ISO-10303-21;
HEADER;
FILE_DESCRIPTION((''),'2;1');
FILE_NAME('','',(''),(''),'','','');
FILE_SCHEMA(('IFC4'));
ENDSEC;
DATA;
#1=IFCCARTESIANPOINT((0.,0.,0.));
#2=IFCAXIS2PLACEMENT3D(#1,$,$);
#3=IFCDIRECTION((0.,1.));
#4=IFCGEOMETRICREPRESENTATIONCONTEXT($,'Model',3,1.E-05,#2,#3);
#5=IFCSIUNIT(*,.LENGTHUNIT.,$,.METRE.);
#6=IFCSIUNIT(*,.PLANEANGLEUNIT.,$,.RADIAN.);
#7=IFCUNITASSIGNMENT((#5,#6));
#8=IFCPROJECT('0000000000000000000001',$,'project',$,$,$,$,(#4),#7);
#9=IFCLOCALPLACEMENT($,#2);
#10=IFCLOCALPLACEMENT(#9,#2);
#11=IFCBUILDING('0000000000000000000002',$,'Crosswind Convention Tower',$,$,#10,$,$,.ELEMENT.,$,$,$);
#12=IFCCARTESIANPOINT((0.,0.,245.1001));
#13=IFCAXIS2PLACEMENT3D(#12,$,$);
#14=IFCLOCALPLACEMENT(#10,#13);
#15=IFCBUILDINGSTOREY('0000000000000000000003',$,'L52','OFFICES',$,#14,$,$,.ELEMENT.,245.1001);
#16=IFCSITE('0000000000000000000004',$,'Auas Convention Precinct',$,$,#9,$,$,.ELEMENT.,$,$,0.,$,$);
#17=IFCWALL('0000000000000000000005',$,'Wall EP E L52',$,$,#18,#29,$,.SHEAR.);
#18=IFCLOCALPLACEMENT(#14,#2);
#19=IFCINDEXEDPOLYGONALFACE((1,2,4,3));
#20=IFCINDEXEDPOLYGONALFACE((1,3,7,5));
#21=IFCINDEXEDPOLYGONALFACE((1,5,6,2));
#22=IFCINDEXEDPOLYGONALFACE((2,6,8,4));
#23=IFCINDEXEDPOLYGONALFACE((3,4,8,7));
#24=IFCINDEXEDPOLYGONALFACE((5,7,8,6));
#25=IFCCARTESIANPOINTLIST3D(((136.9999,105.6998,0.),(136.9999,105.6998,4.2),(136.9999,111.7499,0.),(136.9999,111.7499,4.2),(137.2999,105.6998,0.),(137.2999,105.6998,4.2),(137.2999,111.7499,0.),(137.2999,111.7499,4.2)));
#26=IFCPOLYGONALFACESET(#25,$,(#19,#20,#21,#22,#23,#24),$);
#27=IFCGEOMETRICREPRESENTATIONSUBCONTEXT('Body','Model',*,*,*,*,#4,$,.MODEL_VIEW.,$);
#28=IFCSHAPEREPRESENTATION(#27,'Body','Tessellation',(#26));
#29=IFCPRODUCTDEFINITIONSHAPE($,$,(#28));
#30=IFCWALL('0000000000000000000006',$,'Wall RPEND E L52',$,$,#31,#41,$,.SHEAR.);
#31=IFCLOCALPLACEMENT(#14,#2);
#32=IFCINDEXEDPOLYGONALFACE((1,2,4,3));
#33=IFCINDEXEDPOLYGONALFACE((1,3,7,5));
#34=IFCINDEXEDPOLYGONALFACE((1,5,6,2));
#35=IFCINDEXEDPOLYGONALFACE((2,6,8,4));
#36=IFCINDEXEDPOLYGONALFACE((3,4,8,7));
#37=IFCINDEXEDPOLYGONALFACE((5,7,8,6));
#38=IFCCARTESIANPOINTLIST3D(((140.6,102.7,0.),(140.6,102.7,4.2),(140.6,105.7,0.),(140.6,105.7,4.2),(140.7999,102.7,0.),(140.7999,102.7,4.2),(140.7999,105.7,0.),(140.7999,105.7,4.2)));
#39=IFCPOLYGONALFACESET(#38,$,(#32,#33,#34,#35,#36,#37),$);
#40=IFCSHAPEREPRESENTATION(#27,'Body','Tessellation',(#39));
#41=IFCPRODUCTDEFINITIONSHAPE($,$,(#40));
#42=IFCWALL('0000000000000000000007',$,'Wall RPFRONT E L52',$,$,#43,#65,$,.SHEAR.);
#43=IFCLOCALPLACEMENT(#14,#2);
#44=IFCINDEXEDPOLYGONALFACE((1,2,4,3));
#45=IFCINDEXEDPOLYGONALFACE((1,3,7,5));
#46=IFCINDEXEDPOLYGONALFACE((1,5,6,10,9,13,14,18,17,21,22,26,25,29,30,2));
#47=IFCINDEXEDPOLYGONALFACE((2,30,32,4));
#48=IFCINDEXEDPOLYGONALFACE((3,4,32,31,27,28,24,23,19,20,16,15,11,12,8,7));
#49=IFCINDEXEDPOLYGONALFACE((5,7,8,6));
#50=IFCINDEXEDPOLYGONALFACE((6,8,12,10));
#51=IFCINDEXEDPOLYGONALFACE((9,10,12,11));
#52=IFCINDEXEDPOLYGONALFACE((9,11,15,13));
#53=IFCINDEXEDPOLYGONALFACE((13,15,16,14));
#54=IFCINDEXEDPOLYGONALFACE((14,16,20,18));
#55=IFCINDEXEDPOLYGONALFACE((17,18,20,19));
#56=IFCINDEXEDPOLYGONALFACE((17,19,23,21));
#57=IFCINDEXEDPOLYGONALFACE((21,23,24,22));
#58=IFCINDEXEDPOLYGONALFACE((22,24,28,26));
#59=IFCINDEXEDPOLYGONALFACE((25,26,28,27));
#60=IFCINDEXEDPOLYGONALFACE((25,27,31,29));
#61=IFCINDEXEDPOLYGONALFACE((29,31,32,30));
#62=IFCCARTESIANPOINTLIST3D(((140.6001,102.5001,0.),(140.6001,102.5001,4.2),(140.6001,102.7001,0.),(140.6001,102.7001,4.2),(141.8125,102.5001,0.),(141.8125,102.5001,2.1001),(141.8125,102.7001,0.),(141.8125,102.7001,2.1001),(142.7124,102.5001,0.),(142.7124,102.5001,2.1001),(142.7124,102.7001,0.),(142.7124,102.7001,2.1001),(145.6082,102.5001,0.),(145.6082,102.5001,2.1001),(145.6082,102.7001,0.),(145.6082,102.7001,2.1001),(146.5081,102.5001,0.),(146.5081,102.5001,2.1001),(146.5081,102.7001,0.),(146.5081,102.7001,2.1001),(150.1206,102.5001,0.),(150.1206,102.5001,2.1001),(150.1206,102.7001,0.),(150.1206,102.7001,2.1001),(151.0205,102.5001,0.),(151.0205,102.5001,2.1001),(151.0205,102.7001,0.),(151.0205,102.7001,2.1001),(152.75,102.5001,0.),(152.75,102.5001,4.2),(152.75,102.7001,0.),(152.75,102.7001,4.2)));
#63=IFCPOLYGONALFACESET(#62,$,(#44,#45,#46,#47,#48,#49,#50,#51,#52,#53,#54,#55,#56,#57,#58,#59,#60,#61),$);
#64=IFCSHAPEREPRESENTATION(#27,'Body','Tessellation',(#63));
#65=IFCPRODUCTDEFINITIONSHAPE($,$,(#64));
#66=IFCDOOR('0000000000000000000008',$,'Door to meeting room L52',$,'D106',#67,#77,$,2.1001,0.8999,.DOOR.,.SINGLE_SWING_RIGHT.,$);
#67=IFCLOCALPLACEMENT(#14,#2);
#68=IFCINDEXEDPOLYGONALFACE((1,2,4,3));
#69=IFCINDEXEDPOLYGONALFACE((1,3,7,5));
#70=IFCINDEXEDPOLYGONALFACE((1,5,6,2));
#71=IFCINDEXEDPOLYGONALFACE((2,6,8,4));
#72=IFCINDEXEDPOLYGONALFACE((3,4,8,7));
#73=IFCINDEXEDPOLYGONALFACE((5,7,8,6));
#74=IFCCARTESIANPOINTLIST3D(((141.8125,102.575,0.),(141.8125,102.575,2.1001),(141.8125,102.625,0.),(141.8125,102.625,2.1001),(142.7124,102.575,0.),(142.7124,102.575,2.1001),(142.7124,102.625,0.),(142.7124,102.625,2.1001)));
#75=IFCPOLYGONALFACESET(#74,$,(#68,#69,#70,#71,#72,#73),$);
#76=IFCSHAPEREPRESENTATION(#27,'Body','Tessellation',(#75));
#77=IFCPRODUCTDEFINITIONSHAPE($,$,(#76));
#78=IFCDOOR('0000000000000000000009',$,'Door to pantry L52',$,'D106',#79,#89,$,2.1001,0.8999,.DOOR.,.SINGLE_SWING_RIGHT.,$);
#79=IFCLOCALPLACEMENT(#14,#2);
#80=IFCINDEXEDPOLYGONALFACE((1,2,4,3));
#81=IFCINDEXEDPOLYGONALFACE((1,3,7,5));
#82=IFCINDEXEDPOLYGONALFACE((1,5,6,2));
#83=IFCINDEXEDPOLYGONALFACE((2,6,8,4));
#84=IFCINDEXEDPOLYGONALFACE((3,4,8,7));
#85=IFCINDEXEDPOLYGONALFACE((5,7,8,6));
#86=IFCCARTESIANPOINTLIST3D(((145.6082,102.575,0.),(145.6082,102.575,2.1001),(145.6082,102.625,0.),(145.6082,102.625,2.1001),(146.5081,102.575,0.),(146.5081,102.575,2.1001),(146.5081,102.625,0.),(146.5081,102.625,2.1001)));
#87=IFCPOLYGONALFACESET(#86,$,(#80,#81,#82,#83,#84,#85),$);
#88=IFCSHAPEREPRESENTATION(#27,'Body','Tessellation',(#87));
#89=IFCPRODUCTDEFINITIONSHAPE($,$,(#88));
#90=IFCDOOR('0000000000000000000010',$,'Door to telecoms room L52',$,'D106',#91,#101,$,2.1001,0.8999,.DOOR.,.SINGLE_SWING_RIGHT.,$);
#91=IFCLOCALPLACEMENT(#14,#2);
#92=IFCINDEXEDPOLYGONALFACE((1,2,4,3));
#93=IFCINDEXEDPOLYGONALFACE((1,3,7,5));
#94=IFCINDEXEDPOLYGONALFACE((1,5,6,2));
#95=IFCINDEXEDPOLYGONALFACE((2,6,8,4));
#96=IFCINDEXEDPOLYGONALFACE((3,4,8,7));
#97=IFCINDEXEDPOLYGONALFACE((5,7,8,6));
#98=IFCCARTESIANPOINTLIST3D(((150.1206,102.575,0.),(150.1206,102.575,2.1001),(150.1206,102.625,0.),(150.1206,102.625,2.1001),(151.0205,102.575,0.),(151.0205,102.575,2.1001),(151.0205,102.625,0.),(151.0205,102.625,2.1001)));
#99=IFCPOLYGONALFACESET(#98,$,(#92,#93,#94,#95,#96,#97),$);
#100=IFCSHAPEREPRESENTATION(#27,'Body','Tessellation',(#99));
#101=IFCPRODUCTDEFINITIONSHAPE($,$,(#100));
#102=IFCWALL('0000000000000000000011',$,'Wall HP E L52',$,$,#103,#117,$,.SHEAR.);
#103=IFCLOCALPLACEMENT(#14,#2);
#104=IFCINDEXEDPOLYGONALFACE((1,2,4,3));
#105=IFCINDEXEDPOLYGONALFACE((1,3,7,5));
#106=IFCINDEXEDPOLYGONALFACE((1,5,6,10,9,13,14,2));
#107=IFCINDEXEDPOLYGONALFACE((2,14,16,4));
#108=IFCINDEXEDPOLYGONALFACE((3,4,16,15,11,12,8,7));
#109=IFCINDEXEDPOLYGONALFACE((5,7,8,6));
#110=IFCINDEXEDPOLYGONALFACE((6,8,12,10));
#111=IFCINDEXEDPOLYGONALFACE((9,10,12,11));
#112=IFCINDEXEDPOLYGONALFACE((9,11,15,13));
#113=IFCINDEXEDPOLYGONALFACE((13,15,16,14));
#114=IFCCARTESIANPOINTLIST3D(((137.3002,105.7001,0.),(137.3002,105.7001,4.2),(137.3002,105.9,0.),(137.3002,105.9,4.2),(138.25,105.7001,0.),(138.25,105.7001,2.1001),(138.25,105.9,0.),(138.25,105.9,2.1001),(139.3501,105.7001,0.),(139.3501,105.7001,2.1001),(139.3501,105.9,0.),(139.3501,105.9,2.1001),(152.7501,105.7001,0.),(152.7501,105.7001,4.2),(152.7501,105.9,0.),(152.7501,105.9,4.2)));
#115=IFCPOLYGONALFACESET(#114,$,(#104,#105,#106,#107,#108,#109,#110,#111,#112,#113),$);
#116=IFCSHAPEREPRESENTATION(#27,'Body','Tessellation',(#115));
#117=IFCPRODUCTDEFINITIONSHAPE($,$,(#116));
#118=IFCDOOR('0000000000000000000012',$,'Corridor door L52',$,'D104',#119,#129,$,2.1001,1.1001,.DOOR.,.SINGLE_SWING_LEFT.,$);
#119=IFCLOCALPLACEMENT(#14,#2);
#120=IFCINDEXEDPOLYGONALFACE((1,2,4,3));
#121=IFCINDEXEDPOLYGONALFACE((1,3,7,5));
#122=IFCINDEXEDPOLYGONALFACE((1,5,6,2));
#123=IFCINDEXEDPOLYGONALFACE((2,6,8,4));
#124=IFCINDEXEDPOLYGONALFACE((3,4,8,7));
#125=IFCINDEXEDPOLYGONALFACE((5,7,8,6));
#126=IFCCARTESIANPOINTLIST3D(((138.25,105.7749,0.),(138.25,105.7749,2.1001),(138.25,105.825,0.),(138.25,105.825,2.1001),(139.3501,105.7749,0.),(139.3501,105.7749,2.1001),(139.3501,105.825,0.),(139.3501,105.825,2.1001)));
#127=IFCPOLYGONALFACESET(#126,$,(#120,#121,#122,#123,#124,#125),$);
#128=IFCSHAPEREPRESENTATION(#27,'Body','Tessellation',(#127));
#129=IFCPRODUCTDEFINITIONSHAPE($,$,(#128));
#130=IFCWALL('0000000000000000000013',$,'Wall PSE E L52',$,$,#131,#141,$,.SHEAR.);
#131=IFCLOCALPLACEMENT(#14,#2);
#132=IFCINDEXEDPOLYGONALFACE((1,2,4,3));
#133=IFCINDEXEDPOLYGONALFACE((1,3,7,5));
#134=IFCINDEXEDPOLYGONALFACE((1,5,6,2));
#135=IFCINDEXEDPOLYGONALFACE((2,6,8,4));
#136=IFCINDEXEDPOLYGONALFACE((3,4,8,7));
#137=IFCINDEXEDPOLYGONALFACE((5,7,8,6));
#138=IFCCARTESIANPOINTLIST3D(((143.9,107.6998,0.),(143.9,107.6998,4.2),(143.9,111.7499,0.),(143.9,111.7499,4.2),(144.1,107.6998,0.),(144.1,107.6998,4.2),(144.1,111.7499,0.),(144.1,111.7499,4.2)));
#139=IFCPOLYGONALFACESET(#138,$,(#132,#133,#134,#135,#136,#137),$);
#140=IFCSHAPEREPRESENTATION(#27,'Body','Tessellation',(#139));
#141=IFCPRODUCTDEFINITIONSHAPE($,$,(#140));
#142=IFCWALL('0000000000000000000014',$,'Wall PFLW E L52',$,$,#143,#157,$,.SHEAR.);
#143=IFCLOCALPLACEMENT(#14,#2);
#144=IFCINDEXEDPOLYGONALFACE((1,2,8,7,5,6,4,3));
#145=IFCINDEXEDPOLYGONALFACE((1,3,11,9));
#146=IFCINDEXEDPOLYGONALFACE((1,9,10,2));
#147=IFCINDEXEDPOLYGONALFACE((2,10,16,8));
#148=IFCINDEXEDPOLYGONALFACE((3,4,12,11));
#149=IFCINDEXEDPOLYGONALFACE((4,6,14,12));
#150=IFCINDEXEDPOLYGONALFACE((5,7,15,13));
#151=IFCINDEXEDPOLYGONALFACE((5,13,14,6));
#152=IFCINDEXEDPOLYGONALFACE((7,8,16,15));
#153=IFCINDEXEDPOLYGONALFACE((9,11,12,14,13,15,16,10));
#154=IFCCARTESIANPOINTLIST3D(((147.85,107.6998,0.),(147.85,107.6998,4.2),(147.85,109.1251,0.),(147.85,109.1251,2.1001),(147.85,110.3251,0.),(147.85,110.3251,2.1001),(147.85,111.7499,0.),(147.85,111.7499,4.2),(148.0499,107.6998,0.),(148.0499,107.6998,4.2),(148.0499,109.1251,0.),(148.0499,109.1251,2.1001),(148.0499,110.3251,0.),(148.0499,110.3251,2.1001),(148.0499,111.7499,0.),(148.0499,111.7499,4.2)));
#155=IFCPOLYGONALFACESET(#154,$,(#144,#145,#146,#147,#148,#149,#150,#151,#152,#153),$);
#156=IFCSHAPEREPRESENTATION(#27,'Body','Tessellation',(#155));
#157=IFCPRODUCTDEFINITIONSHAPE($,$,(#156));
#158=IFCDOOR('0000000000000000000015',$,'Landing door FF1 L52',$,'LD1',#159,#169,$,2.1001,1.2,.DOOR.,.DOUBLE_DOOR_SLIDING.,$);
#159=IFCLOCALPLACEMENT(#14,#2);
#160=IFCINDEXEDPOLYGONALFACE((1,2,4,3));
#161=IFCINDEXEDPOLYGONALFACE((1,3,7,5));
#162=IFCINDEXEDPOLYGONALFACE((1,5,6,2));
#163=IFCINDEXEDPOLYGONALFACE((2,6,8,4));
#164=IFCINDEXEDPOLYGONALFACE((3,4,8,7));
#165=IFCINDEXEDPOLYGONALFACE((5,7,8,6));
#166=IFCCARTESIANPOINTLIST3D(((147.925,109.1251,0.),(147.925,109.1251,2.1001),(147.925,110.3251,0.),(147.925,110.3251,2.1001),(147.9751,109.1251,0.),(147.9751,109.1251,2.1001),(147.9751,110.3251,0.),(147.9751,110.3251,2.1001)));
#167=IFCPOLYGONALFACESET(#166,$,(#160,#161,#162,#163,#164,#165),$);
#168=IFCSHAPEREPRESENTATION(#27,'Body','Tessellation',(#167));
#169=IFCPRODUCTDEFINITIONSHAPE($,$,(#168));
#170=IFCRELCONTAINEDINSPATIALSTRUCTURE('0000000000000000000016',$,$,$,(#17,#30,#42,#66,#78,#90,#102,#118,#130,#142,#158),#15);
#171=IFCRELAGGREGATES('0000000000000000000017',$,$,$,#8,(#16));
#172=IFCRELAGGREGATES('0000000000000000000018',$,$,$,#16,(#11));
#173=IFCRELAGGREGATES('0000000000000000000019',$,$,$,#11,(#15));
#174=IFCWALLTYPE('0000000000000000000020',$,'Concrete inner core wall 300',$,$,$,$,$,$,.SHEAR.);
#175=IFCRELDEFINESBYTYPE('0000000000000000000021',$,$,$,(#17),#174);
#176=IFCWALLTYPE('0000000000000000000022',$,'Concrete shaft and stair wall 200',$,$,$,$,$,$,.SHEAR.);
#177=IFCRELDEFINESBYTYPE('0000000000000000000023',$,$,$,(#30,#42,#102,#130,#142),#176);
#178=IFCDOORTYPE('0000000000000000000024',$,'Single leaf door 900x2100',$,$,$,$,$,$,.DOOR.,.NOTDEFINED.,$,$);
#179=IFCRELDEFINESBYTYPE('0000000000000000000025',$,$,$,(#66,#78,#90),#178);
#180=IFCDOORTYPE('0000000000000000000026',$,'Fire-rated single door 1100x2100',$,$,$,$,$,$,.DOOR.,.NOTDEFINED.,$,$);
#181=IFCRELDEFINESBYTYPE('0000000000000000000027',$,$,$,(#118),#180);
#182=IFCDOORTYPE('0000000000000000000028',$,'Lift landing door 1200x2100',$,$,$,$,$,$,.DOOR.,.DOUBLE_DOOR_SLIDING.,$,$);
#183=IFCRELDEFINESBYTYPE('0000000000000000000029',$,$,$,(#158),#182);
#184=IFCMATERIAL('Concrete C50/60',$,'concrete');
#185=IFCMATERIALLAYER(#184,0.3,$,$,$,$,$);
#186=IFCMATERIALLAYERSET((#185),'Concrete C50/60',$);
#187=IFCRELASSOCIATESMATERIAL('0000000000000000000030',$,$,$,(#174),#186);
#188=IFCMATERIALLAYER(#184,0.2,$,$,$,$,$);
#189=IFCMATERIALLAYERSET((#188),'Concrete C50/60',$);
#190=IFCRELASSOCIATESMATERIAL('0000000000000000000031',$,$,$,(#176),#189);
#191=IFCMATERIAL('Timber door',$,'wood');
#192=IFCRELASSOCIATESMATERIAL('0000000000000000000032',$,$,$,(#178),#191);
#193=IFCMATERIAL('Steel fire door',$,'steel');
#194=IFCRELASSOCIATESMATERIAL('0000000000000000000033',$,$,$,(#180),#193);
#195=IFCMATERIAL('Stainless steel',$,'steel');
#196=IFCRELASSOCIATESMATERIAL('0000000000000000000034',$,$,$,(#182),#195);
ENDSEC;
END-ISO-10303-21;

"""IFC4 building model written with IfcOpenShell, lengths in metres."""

from ifc_helpers import new_model, si_unit, direction, frame, frame_2d, origin, place, context, subcontext, project, spatial, rectangle, extrude, material, layer, layer_set, type_object, element, fill, save


model = new_model("IFC4")

# Units and contexts
model_context = context("Model", 3, precision=1e-05, world=origin(), true_north=direction((0.0, 1.0)))
body_context = subcontext(model_context, "Body", "Model", "MODEL_VIEW")
ifc_project = project(units=[si_unit("LENGTHUNIT", "METRE"), si_unit("PLANEANGLEUNIT", "RADIAN")], contexts=[model_context])

# Site, building, storey
site_placement = place(None, origin())
site = spatial("IfcSite", under=ifc_project, at=site_placement, Name="Auas Convention Precinct", CompositionType="ELEMENT", RefElevation=0.0)
building_placement = place(site_placement, origin())
building = spatial("IfcBuilding", under=site, at=building_placement, Name="Crosswind Convention Tower", CompositionType="ELEMENT")
storey_placement = place(building_placement, frame((0.0, 0.0, 245.1001)))
storey = spatial("IfcBuildingStorey", under=building, at=storey_placement, Name="L52", Description="OFFICES", CompositionType="ELEMENT", Elevation=245.1001)

# Walls
ifc_material_1 = material(Name="Concrete C50/60", Category="concrete")
ifc_layer_1 = layer(ifc_material_1, 0.3)
ifc_layer_set_1 = layer_set([ifc_layer_1], Name="Concrete C50/60")
wall_type_1 = type_object("IfcWallType", Name="Concrete inner core wall 300", PredefinedType="SHEAR", material=ifc_layer_set_1)
wall_1_placement = place(storey_placement, frame((137.1499, 105.7, 0.0), z_axis=(0.0, 0.0, 1.0), x_axis=(0.0, 1.0, 0.0)))
element("IfcWall", 1, at=wall_1_placement, inside=storey, type_object=wall_type_1, Name="Wall EP E L52", PredefinedType="SHEAR", context=body_context, shape_type="SweptSolid", body=[
    extrude(rectangle(XDim=6.05, YDim=0.3, at=frame_2d((3.0249, 0.0))), origin(), (0.0, 0.0, 1.0), 4.2),
])
ifc_layer_2 = layer(ifc_material_1, 0.2)
ifc_layer_set_2 = layer_set([ifc_layer_2], Name="Concrete C50/60")
wall_type_2 = type_object("IfcWallType", Name="Concrete shaft and stair wall 200", PredefinedType="SHEAR", material=ifc_layer_set_2)
wall_2_placement = place(storey_placement, frame((140.7, 102.7, 0.0), z_axis=(0.0, 0.0, 1.0), x_axis=(0.0, 1.0, 0.0)))
element("IfcWall", 2, at=wall_2_placement, inside=storey, type_object=wall_type_2, Name="Wall RPEND E L52", PredefinedType="SHEAR", context=body_context, shape_type="SweptSolid", body=[
    extrude(rectangle(XDim=3.0, YDim=0.2, at=frame_2d((1.5, 0.0))), origin(), (0.0, 0.0, 1.0), 4.2),
])

# Wall, openings, doors
wall_3_placement = place(storey_placement, frame((140.6001, 102.6001, 0.0), z_axis=(0.0, 0.0, 1.0), x_axis=(1.0, 0.0, 0.0)))
wall_3 = element("IfcWall", 3, at=wall_3_placement, inside=storey, type_object=wall_type_2, Name="Wall RPFRONT E L52", PredefinedType="SHEAR", context=body_context, shape_type="SweptSolid", body=[
    extrude(rectangle(XDim=12.1499, YDim=0.2, at=frame_2d((6.075, 0.0))), origin(), (0.0, 0.0, 1.0), 4.2),
])
opening_1_placement = place(wall_3_placement, frame((1.2124, 0.0, 0.0)))
opening_1 = element("IfcOpeningElement", 4, at=opening_1_placement, cuts=wall_3, PredefinedType="OPENING", context=body_context, shape_type="SweptSolid", body=[
    extrude(rectangle(XDim=0.8999, YDim=2.1001, at=frame_2d((0.45, 1.05))), frame((0.0, 0.1099, 0.0), z_axis=(0.0, -1.0, 0.0), x_axis=(1.0, 0.0, 0.0)), (0.0, 0.0, 1.0), 0.22),
])
opening_2_placement = place(wall_3_placement, frame((5.0081, 0.0, 0.0)))
opening_2 = element("IfcOpeningElement", 5, at=opening_2_placement, cuts=wall_3, PredefinedType="OPENING", context=body_context, shape_type="SweptSolid", body=[
    extrude(rectangle(XDim=0.8999, YDim=2.1001, at=frame_2d((0.45, 1.05))), frame((0.0, 0.1099, 0.0), z_axis=(0.0, -1.0, 0.0), x_axis=(1.0, 0.0, 0.0)), (0.0, 0.0, 1.0), 0.22),
])
opening_3_placement = place(wall_3_placement, frame((9.5205, 0.0, 0.0)))
opening_3 = element("IfcOpeningElement", 6, at=opening_3_placement, cuts=wall_3, PredefinedType="OPENING", context=body_context, shape_type="SweptSolid", body=[
    extrude(rectangle(XDim=0.8999, YDim=2.1001, at=frame_2d((0.45, 1.05))), frame((0.0, 0.1099, 0.0), z_axis=(0.0, -1.0, 0.0), x_axis=(1.0, 0.0, 0.0)), (0.0, 0.0, 1.0), 0.22),
])
ifc_material_2 = material(Name="Timber door", Category="wood")
door_type_1 = type_object("IfcDoorType", Name="Single leaf door 900x2100", OperationType="NOTDEFINED", PredefinedType="DOOR", material=ifc_material_2)
door_1_placement = place(opening_1_placement, origin())
door_1 = element("IfcDoor", 7, at=door_1_placement, inside=storey, type_object=door_type_1, Name="Door to meeting room L52", ObjectType="D106", OperationType="SINGLE_SWING_RIGHT", OverallHeight=2.1001, OverallWidth=0.8999, PredefinedType="DOOR", context=body_context, shape_type="SweptSolid", body=[
    extrude(rectangle(XDim=0.8999, YDim=2.1001, at=frame_2d((0.45, 1.05))), frame((0.0, 0.0249, 0.0), z_axis=(0.0, -1.0, 0.0), x_axis=(1.0, 0.0, 0.0)), (0.0, 0.0, 1.0), 0.05),
])
fill(opening_1, door_1)
door_2_placement = place(opening_2_placement, origin())
door_2 = element("IfcDoor", 8, at=door_2_placement, inside=storey, type_object=door_type_1, Name="Door to pantry L52", ObjectType="D106", OperationType="SINGLE_SWING_RIGHT", OverallHeight=2.1001, OverallWidth=0.8999, PredefinedType="DOOR", context=body_context, shape_type="SweptSolid", body=[
    extrude(rectangle(XDim=0.8999, YDim=2.1001, at=frame_2d((0.45, 1.05))), frame((0.0, 0.0249, 0.0), z_axis=(0.0, -1.0, 0.0), x_axis=(1.0, 0.0, 0.0)), (0.0, 0.0, 1.0), 0.05),
])
fill(opening_2, door_2)
door_3_placement = place(opening_3_placement, origin())
door_3 = element("IfcDoor", 9, at=door_3_placement, inside=storey, type_object=door_type_1, Name="Door to telecoms room L52", ObjectType="D106", OperationType="SINGLE_SWING_RIGHT", OverallHeight=2.1001, OverallWidth=0.8999, PredefinedType="DOOR", context=body_context, shape_type="SweptSolid", body=[
    extrude(rectangle(XDim=0.8999, YDim=2.1001, at=frame_2d((0.45, 1.05))), frame((0.0, 0.0249, 0.0), z_axis=(0.0, -1.0, 0.0), x_axis=(1.0, 0.0, 0.0)), (0.0, 0.0, 1.0), 0.05),
])
fill(opening_3, door_3)

# Wall, opening, door
wall_4_placement = place(storey_placement, frame((137.3, 105.8, 0.0), z_axis=(0.0, 0.0, 1.0), x_axis=(1.0, 0.0, 0.0)))
wall_4 = element("IfcWall", 10, at=wall_4_placement, inside=storey, type_object=wall_type_2, Name="Wall HP E L52", PredefinedType="SHEAR", context=body_context, shape_type="SweptSolid", body=[
    extrude(rectangle(XDim=15.45, YDim=0.2, at=frame_2d((7.7251, 0.0))), origin(), (0.0, 0.0, 1.0), 4.2),
])
opening_4_placement = place(wall_4_placement, frame((0.95, 0.0, 0.0)))
opening_4 = element("IfcOpeningElement", 11, at=opening_4_placement, cuts=wall_4, PredefinedType="OPENING", context=body_context, shape_type="SweptSolid", body=[
    extrude(rectangle(XDim=1.1001, YDim=2.1001, at=frame_2d((0.55, 1.05))), frame((0.0, 0.1099, 0.0), z_axis=(0.0, -1.0, 0.0), x_axis=(1.0, 0.0, 0.0)), (0.0, 0.0, 1.0), 0.22),
])
ifc_material_3 = material(Name="Steel fire door", Category="steel")
door_type_2 = type_object("IfcDoorType", Name="Fire-rated single door 1100x2100", OperationType="NOTDEFINED", PredefinedType="DOOR", material=ifc_material_3)
door_4_placement = place(opening_4_placement, origin())
door_4 = element("IfcDoor", 12, at=door_4_placement, inside=storey, type_object=door_type_2, Name="Corridor door L52", ObjectType="D104", OperationType="SINGLE_SWING_LEFT", OverallHeight=2.1001, OverallWidth=1.1001, PredefinedType="DOOR", context=body_context, shape_type="SweptSolid", body=[
    extrude(rectangle(XDim=1.1001, YDim=2.1001, at=frame_2d((0.55, 1.05))), frame((0.0, 0.0249, 0.0), z_axis=(0.0, -1.0, 0.0), x_axis=(1.0, 0.0, 0.0)), (0.0, 0.0, 1.0), 0.05),
])
fill(opening_4, door_4)

# Wall
wall_5_placement = place(storey_placement, frame((144.0, 107.7, 0.0), z_axis=(0.0, 0.0, 1.0), x_axis=(0.0, 1.0, 0.0)))
element("IfcWall", 13, at=wall_5_placement, inside=storey, type_object=wall_type_2, Name="Wall PSE E L52", PredefinedType="SHEAR", context=body_context, shape_type="SweptSolid", body=[
    extrude(rectangle(XDim=4.05, YDim=0.2, at=frame_2d((2.0249, 0.0))), origin(), (0.0, 0.0, 1.0), 4.2),
])

# Wall, opening, door
wall_6_placement = place(storey_placement, frame((147.95, 107.7, 0.0), z_axis=(0.0, 0.0, 1.0), x_axis=(0.0, 1.0, 0.0)))
wall_6 = element("IfcWall", 14, at=wall_6_placement, inside=storey, type_object=wall_type_2, Name="Wall PFLW E L52", PredefinedType="SHEAR", context=body_context, shape_type="SweptSolid", body=[
    extrude(rectangle(XDim=4.05, YDim=0.2, at=frame_2d((2.0249, 0.0))), origin(), (0.0, 0.0, 1.0), 4.2),
])
opening_5_placement = place(wall_6_placement, frame((1.425, 0.0, 0.0)))
opening_5 = element("IfcOpeningElement", 15, at=opening_5_placement, cuts=wall_6, PredefinedType="OPENING", context=body_context, shape_type="SweptSolid", body=[
    extrude(rectangle(XDim=1.2, YDim=2.1001, at=frame_2d((0.6001, 1.05))), frame((0.0, 0.1099, 0.0), z_axis=(0.0, -1.0, 0.0), x_axis=(1.0, 0.0, 0.0)), (0.0, 0.0, 1.0), 0.22),
])
ifc_material_4 = material(Name="Stainless steel", Category="steel")
door_type_3 = type_object("IfcDoorType", Name="Lift landing door 1200x2100", OperationType="DOUBLE_DOOR_SLIDING", PredefinedType="DOOR", material=ifc_material_4)
door_5_placement = place(opening_5_placement, origin())
door_5 = element("IfcDoor", 16, at=door_5_placement, inside=storey, type_object=door_type_3, Name="Landing door FF1 L52", ObjectType="LD1", OperationType="DOUBLE_DOOR_SLIDING", OverallHeight=2.1001, OverallWidth=1.2, PredefinedType="DOOR", context=body_context, shape_type="SweptSolid", body=[
    extrude(rectangle(XDim=1.2, YDim=2.1001, at=frame_2d((0.6001, 1.05))), frame((0.0, 0.0249, 0.0), z_axis=(0.0, -1.0, 0.0), x_axis=(1.0, 0.0, 0.0)), (0.0, 0.0, 1.0), 0.05),
])
fill(opening_5, door_5)

save(model, "model.ifc")
